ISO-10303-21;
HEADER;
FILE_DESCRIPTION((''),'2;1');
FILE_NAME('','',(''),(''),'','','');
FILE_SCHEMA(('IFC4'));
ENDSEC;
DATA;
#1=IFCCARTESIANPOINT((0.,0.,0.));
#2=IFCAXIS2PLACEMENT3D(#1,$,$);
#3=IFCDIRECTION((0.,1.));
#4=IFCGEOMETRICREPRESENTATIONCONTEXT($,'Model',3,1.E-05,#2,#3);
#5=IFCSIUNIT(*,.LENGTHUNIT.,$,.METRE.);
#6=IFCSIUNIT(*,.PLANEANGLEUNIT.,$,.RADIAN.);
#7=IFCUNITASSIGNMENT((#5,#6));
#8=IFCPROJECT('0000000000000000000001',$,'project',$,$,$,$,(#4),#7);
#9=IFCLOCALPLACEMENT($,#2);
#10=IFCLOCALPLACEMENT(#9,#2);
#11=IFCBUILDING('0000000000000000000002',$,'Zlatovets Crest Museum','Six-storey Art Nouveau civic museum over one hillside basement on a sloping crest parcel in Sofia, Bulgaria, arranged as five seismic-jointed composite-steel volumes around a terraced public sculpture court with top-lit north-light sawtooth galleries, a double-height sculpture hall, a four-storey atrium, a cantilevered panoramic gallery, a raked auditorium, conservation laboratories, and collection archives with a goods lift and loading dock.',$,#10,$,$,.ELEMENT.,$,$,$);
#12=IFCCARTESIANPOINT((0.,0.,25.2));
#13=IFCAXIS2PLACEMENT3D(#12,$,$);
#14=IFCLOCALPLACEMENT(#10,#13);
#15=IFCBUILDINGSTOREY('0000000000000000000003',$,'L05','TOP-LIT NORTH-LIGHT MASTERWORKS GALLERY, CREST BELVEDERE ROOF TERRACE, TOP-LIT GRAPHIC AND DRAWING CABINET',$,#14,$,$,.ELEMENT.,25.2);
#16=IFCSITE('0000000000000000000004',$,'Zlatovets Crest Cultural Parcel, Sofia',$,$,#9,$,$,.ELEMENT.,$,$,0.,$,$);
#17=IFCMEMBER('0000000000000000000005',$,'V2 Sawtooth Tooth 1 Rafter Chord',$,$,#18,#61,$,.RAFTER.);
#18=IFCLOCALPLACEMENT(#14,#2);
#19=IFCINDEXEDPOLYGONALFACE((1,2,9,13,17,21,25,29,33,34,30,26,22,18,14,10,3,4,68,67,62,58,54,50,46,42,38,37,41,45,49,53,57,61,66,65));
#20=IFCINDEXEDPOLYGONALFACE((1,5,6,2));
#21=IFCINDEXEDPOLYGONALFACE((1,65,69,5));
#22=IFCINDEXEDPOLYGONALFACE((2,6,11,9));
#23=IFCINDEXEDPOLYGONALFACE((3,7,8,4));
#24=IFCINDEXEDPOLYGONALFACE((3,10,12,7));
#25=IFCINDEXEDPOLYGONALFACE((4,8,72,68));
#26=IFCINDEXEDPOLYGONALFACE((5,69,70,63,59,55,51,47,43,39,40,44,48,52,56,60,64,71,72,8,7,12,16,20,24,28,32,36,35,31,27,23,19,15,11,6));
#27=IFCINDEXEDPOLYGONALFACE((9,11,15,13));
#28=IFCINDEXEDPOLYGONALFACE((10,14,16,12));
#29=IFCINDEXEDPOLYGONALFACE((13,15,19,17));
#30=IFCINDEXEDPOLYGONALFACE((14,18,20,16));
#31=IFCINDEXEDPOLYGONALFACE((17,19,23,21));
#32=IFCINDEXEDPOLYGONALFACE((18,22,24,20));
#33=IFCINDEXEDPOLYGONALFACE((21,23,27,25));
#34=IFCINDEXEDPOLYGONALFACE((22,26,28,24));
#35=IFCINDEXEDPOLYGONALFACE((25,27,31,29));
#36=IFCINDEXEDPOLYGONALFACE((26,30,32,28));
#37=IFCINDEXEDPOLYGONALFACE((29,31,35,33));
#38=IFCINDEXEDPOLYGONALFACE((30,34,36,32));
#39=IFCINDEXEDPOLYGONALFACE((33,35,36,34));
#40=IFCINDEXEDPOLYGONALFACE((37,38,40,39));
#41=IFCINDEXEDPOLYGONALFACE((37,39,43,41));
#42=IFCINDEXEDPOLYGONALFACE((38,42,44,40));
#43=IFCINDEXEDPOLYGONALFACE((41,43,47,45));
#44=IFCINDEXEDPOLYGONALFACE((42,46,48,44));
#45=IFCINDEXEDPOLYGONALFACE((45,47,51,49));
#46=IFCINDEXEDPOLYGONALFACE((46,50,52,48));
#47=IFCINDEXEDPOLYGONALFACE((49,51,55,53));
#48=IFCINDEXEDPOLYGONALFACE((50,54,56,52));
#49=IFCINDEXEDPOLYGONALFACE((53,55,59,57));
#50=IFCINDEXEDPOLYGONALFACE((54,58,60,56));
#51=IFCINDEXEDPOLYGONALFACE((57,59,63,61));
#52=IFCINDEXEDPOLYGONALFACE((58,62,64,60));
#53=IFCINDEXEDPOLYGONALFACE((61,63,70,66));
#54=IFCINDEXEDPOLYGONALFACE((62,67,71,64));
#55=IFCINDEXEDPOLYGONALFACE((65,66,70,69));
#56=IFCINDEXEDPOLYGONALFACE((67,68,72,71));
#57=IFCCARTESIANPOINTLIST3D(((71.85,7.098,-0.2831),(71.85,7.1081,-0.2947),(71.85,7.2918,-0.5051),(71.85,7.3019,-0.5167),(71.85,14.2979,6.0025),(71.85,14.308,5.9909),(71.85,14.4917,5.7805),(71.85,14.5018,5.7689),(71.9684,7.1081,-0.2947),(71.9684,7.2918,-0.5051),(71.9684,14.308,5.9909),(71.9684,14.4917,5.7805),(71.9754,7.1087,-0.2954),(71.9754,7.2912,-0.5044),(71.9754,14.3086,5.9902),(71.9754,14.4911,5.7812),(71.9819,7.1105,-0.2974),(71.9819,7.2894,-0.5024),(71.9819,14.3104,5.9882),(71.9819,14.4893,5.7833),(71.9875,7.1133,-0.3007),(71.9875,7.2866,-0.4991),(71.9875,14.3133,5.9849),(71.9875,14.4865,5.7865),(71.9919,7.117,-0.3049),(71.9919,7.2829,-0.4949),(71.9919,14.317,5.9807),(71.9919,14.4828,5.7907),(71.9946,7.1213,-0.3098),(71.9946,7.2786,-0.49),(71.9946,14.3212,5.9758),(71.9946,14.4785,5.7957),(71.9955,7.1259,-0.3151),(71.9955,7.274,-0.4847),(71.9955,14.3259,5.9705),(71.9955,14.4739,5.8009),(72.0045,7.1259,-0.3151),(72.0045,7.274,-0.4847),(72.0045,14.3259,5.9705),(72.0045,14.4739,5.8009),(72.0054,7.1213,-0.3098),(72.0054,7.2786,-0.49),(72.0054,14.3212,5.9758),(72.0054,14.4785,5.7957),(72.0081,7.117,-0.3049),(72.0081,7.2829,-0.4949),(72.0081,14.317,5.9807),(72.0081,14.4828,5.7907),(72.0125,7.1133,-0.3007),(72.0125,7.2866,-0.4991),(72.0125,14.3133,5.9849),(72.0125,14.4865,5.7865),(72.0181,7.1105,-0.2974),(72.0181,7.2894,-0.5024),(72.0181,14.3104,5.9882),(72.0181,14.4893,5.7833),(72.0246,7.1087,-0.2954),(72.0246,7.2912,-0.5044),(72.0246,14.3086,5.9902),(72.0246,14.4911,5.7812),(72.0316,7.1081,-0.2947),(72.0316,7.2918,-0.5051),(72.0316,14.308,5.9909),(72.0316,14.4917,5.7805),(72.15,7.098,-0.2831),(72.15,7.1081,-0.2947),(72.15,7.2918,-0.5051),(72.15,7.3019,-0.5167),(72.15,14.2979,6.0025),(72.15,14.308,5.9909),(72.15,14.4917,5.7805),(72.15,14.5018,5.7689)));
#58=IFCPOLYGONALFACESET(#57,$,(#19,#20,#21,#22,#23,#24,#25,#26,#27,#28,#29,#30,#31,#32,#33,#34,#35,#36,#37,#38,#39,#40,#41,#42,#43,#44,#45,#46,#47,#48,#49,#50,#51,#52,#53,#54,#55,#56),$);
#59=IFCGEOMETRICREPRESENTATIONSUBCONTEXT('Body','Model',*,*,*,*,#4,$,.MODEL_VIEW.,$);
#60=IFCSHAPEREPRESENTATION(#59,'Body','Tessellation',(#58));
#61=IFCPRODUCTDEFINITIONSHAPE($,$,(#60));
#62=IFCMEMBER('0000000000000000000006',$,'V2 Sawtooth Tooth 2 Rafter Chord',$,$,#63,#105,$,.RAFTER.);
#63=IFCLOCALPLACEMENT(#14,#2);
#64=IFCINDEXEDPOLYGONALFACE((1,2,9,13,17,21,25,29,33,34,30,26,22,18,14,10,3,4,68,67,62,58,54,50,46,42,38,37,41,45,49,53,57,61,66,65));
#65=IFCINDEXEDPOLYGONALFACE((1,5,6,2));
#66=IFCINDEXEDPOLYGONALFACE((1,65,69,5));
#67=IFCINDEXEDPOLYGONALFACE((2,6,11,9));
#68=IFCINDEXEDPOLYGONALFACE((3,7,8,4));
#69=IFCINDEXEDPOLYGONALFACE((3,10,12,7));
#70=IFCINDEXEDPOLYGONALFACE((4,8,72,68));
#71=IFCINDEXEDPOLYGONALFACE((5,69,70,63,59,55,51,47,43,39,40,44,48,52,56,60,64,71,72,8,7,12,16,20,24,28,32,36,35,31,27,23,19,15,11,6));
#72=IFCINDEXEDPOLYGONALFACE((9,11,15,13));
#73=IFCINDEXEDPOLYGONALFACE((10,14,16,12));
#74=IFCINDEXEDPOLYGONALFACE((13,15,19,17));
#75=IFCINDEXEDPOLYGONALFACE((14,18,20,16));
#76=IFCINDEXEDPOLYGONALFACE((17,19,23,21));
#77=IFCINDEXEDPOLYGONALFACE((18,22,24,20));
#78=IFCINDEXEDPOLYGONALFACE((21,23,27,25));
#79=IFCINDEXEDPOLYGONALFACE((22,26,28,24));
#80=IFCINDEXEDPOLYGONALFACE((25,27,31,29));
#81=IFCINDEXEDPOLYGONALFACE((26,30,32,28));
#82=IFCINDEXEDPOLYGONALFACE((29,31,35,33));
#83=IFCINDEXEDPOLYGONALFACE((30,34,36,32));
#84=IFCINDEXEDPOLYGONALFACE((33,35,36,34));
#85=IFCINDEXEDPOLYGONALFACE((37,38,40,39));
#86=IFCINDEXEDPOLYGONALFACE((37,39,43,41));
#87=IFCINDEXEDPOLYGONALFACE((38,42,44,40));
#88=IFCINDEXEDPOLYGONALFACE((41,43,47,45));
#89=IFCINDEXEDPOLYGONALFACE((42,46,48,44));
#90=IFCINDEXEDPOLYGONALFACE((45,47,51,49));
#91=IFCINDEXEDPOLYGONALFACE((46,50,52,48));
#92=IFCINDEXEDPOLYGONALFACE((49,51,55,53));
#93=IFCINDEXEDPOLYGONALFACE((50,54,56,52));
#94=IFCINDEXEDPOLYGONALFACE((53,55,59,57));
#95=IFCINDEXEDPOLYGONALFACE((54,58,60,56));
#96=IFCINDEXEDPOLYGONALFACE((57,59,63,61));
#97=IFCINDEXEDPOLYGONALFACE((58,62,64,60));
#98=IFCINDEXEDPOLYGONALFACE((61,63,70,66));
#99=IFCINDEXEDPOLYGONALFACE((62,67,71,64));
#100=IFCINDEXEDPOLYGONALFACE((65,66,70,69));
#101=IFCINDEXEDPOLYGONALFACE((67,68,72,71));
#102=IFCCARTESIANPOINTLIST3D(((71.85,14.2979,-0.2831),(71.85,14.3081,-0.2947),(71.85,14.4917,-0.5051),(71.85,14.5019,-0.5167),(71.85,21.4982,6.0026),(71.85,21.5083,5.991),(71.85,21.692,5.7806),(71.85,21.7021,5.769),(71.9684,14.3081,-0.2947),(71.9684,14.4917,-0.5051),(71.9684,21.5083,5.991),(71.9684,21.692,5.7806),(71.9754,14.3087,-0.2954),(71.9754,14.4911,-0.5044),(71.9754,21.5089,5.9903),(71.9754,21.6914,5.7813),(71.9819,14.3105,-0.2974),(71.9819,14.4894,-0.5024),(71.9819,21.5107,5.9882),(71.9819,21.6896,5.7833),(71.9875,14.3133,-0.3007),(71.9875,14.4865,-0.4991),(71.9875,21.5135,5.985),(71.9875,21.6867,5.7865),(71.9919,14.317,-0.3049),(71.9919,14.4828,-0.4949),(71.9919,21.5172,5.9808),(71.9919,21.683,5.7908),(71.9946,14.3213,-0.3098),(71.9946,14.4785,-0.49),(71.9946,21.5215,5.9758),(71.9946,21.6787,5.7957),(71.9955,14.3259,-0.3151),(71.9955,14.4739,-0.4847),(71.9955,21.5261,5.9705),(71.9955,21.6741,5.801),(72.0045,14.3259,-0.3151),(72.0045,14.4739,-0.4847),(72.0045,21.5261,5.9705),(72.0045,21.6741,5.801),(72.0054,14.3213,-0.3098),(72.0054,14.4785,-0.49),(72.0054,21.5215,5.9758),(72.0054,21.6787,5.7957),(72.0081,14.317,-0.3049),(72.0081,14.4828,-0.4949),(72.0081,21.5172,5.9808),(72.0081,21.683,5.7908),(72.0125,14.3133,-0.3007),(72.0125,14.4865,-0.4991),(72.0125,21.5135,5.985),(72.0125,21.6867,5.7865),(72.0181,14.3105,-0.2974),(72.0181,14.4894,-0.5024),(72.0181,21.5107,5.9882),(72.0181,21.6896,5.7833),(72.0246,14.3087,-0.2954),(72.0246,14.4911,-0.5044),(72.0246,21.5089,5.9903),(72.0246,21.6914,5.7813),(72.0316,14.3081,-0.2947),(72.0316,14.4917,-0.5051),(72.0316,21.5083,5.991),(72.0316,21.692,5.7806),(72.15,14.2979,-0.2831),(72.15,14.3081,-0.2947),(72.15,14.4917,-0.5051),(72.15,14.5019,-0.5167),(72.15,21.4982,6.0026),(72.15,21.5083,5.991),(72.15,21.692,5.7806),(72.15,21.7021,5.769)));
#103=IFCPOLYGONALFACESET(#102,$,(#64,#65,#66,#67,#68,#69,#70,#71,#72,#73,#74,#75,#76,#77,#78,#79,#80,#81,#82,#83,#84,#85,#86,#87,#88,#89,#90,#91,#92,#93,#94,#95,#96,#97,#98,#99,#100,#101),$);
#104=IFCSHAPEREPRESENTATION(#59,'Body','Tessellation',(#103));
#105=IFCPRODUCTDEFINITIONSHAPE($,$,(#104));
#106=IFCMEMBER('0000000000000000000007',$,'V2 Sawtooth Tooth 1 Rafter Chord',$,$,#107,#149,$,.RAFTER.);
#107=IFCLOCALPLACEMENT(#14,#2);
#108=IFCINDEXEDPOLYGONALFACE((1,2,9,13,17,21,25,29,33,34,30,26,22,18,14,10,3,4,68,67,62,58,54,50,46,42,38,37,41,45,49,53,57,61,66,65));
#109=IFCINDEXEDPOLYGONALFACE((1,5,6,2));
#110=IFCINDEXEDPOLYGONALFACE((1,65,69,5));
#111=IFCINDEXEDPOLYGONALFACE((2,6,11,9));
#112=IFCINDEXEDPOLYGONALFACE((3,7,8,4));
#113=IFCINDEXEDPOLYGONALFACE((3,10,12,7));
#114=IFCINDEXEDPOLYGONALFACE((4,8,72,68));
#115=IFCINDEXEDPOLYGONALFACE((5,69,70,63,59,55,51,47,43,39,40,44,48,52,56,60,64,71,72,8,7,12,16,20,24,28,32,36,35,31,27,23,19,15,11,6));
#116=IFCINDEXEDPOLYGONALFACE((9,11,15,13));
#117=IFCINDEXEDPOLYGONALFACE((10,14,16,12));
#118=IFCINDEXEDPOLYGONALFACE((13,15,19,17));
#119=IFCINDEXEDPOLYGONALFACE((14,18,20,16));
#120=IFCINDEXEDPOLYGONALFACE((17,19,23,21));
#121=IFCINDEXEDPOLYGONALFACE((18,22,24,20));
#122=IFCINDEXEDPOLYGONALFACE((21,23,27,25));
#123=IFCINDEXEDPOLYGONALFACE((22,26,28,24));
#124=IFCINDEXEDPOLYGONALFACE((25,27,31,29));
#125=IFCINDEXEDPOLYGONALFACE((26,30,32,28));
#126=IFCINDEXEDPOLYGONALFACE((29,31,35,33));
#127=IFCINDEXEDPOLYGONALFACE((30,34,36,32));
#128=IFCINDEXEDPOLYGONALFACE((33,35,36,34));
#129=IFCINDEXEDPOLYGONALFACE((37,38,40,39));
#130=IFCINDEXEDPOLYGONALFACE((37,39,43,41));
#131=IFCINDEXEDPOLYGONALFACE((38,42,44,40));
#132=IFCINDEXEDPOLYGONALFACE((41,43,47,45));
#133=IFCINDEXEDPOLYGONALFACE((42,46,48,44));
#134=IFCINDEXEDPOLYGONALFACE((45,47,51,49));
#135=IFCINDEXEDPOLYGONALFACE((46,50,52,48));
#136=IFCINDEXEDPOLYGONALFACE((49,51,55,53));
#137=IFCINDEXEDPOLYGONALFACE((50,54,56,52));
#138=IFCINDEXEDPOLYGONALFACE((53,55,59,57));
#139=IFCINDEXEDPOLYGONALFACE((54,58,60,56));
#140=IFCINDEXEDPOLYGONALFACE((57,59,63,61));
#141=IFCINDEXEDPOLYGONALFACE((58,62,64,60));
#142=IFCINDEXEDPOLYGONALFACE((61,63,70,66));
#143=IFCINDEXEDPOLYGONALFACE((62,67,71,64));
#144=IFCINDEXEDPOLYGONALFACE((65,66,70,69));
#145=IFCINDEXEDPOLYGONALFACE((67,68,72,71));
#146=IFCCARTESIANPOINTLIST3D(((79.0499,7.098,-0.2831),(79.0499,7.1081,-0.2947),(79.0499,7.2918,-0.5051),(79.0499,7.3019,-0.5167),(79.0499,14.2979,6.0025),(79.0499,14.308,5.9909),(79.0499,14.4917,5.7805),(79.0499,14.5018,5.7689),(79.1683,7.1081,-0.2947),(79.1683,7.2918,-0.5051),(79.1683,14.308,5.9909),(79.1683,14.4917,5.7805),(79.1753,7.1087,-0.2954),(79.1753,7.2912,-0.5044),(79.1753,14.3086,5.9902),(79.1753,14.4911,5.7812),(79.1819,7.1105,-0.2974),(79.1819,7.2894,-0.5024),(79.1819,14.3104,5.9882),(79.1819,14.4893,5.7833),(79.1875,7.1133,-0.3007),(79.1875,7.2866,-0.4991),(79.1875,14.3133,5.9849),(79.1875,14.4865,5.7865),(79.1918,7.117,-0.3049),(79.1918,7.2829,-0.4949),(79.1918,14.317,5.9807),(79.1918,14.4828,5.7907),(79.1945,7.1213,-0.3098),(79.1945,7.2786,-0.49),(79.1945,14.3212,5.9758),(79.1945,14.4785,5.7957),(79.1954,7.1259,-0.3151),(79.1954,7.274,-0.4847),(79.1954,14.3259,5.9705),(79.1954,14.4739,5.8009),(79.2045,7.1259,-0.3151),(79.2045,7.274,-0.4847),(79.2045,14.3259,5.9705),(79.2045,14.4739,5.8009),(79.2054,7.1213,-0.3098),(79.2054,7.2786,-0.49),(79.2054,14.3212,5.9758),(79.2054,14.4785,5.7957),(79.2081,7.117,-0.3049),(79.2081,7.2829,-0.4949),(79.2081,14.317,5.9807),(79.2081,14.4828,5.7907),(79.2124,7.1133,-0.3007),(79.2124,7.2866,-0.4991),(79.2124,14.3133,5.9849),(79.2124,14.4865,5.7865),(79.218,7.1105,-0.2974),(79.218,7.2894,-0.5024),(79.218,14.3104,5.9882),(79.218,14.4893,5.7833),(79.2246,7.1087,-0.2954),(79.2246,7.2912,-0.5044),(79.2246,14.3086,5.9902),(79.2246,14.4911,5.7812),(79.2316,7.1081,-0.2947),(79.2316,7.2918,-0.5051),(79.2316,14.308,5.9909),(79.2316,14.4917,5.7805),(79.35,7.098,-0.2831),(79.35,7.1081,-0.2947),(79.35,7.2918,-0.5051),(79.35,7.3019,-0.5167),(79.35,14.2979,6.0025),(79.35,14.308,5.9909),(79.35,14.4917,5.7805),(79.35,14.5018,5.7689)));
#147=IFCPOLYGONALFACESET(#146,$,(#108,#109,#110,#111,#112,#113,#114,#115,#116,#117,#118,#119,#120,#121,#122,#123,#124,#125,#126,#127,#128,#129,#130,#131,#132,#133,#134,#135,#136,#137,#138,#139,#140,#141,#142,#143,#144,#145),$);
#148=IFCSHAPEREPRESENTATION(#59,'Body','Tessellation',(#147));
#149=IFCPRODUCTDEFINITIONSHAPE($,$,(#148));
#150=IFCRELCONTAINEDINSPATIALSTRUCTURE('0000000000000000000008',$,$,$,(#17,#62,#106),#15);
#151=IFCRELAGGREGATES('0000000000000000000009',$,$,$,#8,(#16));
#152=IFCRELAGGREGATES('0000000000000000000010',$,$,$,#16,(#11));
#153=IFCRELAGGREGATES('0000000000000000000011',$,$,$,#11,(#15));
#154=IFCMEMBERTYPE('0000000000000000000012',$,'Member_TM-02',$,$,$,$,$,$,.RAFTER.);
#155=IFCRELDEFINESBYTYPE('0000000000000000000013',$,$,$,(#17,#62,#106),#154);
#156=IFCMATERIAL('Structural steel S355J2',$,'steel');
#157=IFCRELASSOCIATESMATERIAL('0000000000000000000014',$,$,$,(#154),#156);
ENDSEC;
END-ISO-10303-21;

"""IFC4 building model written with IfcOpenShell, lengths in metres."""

from ifc_helpers import new_model, si_unit, direction, frame, origin, origin_2d, place, context, subcontext, project, spatial, i_section, extrude, material, material_profile, profile_set, type_object, element, save


model = new_model("IFC4")

# Units and contexts
model_context = context("Model", 3, precision=1e-05, world=origin(), true_north=direction((0.0, 1.0)))
body_context = subcontext(model_context, "Body", "Model", "MODEL_VIEW")
ifc_project = project(units=[si_unit("LENGTHUNIT", "METRE"), si_unit("PLANEANGLEUNIT", "RADIAN")], contexts=[model_context])

# Site, building, storey
site_placement = place(None, origin())
site = spatial("IfcSite", under=ifc_project, at=site_placement, Name="Zlatovets Crest Cultural Parcel, Sofia", CompositionType="ELEMENT", RefElevation=0.0)
building_placement = place(site_placement, origin())
building = spatial("IfcBuilding", under=site, at=building_placement, Name="Zlatovets Crest Museum", Description="Six-storey Art Nouveau civic museum over one hillside basement on a sloping crest parcel in Sofia, Bulgaria, arranged as five seismic-jointed composite-steel volumes around a terraced public sculpture court with top-lit north-light sawtooth galleries, a double-height sculpture hall, a four-storey atrium, a cantilevered panoramic gallery, a raked auditorium, conservation laboratories, and collection archives with a goods lift and loading dock.", CompositionType="ELEMENT")
storey_placement = place(building_placement, frame((0.0, 0.0, 25.2)))
storey = spatial("IfcBuildingStorey", under=building, at=storey_placement, Name="L05", Description="TOP-LIT NORTH-LIGHT MASTERWORKS GALLERY, CREST BELVEDERE ROOF TERRACE, TOP-LIT GRAPHIC AND DRAWING CABINET", CompositionType="ELEMENT", Elevation=25.2)

# Shared definitions
ifc_material_1 = material(Name="Structural steel S355J2", Category="steel")

# Members
ifc_material_profile_1 = material_profile(ifc_material_1, i_section(OverallWidth=0.3, OverallDepth=0.3101, WebThickness=0.009, FlangeThickness=0.0154, FilletRadius=0.0271, at=origin_2d()), Name="HEA 320")
ifc_profile_set_1 = profile_set([ifc_material_profile_1], Name="Structural steel S355J2")
member_type_1 = type_object("IfcMemberType", Name="Member_TM-02", PredefinedType="RAFTER", material=ifc_profile_set_1)
member_1_placement = place(storey_placement, frame((72.0, 7.2, -0.3999), z_axis=(0.0, 0.753318, 0.657656), x_axis=(-1.0, 0.0, 0.0)))
element("IfcMember", 1, at=member_1_placement, inside=storey, type_object=member_type_1, Name="V2 Sawtooth Tooth 1 Rafter Chord", PredefinedType="RAFTER", context=body_context, shape_type="SweptSolid", body=[
    extrude(i_section(OverallWidth=0.3, OverallDepth=0.3101, WebThickness=0.009, FlangeThickness=0.0154, FilletRadius=0.0271, at=origin_2d()), origin(), (0.0, 0.0, 1.0), 9.5576),
])
member_2_placement = place(storey_placement, frame((72.0, 14.3999, -0.3999), z_axis=(0.0, 0.753329, 0.657643), x_axis=(-1.0, 0.0, 0.0)))
element("IfcMember", 2, at=member_2_placement, inside=storey, type_object=member_type_1, Name="V2 Sawtooth Tooth 2 Rafter Chord", PredefinedType="RAFTER", context=body_context, shape_type="SweptSolid", body=[
    extrude(i_section(OverallWidth=0.3, OverallDepth=0.3101, WebThickness=0.009, FlangeThickness=0.0154, FilletRadius=0.0271, at=origin_2d()), origin(), (0.0, 0.0, 1.0), 9.5579),
])
member_3_placement = place(storey_placement, frame((79.2, 7.2, -0.3999), z_axis=(0.0, 0.753318, 0.657656), x_axis=(-1.0, 0.0, 0.0)))
element("IfcMember", 3, at=member_3_placement, inside=storey, type_object=member_type_1, Name="V2 Sawtooth Tooth 1 Rafter Chord", PredefinedType="RAFTER", context=body_context, shape_type="SweptSolid", body=[
    extrude(i_section(OverallWidth=0.3, OverallDepth=0.3101, WebThickness=0.009, FlangeThickness=0.0154, FilletRadius=0.0271, at=origin_2d()), origin(), (0.0, 0.0, 1.0), 9.5576),
])

save(model, "model.ifc")
